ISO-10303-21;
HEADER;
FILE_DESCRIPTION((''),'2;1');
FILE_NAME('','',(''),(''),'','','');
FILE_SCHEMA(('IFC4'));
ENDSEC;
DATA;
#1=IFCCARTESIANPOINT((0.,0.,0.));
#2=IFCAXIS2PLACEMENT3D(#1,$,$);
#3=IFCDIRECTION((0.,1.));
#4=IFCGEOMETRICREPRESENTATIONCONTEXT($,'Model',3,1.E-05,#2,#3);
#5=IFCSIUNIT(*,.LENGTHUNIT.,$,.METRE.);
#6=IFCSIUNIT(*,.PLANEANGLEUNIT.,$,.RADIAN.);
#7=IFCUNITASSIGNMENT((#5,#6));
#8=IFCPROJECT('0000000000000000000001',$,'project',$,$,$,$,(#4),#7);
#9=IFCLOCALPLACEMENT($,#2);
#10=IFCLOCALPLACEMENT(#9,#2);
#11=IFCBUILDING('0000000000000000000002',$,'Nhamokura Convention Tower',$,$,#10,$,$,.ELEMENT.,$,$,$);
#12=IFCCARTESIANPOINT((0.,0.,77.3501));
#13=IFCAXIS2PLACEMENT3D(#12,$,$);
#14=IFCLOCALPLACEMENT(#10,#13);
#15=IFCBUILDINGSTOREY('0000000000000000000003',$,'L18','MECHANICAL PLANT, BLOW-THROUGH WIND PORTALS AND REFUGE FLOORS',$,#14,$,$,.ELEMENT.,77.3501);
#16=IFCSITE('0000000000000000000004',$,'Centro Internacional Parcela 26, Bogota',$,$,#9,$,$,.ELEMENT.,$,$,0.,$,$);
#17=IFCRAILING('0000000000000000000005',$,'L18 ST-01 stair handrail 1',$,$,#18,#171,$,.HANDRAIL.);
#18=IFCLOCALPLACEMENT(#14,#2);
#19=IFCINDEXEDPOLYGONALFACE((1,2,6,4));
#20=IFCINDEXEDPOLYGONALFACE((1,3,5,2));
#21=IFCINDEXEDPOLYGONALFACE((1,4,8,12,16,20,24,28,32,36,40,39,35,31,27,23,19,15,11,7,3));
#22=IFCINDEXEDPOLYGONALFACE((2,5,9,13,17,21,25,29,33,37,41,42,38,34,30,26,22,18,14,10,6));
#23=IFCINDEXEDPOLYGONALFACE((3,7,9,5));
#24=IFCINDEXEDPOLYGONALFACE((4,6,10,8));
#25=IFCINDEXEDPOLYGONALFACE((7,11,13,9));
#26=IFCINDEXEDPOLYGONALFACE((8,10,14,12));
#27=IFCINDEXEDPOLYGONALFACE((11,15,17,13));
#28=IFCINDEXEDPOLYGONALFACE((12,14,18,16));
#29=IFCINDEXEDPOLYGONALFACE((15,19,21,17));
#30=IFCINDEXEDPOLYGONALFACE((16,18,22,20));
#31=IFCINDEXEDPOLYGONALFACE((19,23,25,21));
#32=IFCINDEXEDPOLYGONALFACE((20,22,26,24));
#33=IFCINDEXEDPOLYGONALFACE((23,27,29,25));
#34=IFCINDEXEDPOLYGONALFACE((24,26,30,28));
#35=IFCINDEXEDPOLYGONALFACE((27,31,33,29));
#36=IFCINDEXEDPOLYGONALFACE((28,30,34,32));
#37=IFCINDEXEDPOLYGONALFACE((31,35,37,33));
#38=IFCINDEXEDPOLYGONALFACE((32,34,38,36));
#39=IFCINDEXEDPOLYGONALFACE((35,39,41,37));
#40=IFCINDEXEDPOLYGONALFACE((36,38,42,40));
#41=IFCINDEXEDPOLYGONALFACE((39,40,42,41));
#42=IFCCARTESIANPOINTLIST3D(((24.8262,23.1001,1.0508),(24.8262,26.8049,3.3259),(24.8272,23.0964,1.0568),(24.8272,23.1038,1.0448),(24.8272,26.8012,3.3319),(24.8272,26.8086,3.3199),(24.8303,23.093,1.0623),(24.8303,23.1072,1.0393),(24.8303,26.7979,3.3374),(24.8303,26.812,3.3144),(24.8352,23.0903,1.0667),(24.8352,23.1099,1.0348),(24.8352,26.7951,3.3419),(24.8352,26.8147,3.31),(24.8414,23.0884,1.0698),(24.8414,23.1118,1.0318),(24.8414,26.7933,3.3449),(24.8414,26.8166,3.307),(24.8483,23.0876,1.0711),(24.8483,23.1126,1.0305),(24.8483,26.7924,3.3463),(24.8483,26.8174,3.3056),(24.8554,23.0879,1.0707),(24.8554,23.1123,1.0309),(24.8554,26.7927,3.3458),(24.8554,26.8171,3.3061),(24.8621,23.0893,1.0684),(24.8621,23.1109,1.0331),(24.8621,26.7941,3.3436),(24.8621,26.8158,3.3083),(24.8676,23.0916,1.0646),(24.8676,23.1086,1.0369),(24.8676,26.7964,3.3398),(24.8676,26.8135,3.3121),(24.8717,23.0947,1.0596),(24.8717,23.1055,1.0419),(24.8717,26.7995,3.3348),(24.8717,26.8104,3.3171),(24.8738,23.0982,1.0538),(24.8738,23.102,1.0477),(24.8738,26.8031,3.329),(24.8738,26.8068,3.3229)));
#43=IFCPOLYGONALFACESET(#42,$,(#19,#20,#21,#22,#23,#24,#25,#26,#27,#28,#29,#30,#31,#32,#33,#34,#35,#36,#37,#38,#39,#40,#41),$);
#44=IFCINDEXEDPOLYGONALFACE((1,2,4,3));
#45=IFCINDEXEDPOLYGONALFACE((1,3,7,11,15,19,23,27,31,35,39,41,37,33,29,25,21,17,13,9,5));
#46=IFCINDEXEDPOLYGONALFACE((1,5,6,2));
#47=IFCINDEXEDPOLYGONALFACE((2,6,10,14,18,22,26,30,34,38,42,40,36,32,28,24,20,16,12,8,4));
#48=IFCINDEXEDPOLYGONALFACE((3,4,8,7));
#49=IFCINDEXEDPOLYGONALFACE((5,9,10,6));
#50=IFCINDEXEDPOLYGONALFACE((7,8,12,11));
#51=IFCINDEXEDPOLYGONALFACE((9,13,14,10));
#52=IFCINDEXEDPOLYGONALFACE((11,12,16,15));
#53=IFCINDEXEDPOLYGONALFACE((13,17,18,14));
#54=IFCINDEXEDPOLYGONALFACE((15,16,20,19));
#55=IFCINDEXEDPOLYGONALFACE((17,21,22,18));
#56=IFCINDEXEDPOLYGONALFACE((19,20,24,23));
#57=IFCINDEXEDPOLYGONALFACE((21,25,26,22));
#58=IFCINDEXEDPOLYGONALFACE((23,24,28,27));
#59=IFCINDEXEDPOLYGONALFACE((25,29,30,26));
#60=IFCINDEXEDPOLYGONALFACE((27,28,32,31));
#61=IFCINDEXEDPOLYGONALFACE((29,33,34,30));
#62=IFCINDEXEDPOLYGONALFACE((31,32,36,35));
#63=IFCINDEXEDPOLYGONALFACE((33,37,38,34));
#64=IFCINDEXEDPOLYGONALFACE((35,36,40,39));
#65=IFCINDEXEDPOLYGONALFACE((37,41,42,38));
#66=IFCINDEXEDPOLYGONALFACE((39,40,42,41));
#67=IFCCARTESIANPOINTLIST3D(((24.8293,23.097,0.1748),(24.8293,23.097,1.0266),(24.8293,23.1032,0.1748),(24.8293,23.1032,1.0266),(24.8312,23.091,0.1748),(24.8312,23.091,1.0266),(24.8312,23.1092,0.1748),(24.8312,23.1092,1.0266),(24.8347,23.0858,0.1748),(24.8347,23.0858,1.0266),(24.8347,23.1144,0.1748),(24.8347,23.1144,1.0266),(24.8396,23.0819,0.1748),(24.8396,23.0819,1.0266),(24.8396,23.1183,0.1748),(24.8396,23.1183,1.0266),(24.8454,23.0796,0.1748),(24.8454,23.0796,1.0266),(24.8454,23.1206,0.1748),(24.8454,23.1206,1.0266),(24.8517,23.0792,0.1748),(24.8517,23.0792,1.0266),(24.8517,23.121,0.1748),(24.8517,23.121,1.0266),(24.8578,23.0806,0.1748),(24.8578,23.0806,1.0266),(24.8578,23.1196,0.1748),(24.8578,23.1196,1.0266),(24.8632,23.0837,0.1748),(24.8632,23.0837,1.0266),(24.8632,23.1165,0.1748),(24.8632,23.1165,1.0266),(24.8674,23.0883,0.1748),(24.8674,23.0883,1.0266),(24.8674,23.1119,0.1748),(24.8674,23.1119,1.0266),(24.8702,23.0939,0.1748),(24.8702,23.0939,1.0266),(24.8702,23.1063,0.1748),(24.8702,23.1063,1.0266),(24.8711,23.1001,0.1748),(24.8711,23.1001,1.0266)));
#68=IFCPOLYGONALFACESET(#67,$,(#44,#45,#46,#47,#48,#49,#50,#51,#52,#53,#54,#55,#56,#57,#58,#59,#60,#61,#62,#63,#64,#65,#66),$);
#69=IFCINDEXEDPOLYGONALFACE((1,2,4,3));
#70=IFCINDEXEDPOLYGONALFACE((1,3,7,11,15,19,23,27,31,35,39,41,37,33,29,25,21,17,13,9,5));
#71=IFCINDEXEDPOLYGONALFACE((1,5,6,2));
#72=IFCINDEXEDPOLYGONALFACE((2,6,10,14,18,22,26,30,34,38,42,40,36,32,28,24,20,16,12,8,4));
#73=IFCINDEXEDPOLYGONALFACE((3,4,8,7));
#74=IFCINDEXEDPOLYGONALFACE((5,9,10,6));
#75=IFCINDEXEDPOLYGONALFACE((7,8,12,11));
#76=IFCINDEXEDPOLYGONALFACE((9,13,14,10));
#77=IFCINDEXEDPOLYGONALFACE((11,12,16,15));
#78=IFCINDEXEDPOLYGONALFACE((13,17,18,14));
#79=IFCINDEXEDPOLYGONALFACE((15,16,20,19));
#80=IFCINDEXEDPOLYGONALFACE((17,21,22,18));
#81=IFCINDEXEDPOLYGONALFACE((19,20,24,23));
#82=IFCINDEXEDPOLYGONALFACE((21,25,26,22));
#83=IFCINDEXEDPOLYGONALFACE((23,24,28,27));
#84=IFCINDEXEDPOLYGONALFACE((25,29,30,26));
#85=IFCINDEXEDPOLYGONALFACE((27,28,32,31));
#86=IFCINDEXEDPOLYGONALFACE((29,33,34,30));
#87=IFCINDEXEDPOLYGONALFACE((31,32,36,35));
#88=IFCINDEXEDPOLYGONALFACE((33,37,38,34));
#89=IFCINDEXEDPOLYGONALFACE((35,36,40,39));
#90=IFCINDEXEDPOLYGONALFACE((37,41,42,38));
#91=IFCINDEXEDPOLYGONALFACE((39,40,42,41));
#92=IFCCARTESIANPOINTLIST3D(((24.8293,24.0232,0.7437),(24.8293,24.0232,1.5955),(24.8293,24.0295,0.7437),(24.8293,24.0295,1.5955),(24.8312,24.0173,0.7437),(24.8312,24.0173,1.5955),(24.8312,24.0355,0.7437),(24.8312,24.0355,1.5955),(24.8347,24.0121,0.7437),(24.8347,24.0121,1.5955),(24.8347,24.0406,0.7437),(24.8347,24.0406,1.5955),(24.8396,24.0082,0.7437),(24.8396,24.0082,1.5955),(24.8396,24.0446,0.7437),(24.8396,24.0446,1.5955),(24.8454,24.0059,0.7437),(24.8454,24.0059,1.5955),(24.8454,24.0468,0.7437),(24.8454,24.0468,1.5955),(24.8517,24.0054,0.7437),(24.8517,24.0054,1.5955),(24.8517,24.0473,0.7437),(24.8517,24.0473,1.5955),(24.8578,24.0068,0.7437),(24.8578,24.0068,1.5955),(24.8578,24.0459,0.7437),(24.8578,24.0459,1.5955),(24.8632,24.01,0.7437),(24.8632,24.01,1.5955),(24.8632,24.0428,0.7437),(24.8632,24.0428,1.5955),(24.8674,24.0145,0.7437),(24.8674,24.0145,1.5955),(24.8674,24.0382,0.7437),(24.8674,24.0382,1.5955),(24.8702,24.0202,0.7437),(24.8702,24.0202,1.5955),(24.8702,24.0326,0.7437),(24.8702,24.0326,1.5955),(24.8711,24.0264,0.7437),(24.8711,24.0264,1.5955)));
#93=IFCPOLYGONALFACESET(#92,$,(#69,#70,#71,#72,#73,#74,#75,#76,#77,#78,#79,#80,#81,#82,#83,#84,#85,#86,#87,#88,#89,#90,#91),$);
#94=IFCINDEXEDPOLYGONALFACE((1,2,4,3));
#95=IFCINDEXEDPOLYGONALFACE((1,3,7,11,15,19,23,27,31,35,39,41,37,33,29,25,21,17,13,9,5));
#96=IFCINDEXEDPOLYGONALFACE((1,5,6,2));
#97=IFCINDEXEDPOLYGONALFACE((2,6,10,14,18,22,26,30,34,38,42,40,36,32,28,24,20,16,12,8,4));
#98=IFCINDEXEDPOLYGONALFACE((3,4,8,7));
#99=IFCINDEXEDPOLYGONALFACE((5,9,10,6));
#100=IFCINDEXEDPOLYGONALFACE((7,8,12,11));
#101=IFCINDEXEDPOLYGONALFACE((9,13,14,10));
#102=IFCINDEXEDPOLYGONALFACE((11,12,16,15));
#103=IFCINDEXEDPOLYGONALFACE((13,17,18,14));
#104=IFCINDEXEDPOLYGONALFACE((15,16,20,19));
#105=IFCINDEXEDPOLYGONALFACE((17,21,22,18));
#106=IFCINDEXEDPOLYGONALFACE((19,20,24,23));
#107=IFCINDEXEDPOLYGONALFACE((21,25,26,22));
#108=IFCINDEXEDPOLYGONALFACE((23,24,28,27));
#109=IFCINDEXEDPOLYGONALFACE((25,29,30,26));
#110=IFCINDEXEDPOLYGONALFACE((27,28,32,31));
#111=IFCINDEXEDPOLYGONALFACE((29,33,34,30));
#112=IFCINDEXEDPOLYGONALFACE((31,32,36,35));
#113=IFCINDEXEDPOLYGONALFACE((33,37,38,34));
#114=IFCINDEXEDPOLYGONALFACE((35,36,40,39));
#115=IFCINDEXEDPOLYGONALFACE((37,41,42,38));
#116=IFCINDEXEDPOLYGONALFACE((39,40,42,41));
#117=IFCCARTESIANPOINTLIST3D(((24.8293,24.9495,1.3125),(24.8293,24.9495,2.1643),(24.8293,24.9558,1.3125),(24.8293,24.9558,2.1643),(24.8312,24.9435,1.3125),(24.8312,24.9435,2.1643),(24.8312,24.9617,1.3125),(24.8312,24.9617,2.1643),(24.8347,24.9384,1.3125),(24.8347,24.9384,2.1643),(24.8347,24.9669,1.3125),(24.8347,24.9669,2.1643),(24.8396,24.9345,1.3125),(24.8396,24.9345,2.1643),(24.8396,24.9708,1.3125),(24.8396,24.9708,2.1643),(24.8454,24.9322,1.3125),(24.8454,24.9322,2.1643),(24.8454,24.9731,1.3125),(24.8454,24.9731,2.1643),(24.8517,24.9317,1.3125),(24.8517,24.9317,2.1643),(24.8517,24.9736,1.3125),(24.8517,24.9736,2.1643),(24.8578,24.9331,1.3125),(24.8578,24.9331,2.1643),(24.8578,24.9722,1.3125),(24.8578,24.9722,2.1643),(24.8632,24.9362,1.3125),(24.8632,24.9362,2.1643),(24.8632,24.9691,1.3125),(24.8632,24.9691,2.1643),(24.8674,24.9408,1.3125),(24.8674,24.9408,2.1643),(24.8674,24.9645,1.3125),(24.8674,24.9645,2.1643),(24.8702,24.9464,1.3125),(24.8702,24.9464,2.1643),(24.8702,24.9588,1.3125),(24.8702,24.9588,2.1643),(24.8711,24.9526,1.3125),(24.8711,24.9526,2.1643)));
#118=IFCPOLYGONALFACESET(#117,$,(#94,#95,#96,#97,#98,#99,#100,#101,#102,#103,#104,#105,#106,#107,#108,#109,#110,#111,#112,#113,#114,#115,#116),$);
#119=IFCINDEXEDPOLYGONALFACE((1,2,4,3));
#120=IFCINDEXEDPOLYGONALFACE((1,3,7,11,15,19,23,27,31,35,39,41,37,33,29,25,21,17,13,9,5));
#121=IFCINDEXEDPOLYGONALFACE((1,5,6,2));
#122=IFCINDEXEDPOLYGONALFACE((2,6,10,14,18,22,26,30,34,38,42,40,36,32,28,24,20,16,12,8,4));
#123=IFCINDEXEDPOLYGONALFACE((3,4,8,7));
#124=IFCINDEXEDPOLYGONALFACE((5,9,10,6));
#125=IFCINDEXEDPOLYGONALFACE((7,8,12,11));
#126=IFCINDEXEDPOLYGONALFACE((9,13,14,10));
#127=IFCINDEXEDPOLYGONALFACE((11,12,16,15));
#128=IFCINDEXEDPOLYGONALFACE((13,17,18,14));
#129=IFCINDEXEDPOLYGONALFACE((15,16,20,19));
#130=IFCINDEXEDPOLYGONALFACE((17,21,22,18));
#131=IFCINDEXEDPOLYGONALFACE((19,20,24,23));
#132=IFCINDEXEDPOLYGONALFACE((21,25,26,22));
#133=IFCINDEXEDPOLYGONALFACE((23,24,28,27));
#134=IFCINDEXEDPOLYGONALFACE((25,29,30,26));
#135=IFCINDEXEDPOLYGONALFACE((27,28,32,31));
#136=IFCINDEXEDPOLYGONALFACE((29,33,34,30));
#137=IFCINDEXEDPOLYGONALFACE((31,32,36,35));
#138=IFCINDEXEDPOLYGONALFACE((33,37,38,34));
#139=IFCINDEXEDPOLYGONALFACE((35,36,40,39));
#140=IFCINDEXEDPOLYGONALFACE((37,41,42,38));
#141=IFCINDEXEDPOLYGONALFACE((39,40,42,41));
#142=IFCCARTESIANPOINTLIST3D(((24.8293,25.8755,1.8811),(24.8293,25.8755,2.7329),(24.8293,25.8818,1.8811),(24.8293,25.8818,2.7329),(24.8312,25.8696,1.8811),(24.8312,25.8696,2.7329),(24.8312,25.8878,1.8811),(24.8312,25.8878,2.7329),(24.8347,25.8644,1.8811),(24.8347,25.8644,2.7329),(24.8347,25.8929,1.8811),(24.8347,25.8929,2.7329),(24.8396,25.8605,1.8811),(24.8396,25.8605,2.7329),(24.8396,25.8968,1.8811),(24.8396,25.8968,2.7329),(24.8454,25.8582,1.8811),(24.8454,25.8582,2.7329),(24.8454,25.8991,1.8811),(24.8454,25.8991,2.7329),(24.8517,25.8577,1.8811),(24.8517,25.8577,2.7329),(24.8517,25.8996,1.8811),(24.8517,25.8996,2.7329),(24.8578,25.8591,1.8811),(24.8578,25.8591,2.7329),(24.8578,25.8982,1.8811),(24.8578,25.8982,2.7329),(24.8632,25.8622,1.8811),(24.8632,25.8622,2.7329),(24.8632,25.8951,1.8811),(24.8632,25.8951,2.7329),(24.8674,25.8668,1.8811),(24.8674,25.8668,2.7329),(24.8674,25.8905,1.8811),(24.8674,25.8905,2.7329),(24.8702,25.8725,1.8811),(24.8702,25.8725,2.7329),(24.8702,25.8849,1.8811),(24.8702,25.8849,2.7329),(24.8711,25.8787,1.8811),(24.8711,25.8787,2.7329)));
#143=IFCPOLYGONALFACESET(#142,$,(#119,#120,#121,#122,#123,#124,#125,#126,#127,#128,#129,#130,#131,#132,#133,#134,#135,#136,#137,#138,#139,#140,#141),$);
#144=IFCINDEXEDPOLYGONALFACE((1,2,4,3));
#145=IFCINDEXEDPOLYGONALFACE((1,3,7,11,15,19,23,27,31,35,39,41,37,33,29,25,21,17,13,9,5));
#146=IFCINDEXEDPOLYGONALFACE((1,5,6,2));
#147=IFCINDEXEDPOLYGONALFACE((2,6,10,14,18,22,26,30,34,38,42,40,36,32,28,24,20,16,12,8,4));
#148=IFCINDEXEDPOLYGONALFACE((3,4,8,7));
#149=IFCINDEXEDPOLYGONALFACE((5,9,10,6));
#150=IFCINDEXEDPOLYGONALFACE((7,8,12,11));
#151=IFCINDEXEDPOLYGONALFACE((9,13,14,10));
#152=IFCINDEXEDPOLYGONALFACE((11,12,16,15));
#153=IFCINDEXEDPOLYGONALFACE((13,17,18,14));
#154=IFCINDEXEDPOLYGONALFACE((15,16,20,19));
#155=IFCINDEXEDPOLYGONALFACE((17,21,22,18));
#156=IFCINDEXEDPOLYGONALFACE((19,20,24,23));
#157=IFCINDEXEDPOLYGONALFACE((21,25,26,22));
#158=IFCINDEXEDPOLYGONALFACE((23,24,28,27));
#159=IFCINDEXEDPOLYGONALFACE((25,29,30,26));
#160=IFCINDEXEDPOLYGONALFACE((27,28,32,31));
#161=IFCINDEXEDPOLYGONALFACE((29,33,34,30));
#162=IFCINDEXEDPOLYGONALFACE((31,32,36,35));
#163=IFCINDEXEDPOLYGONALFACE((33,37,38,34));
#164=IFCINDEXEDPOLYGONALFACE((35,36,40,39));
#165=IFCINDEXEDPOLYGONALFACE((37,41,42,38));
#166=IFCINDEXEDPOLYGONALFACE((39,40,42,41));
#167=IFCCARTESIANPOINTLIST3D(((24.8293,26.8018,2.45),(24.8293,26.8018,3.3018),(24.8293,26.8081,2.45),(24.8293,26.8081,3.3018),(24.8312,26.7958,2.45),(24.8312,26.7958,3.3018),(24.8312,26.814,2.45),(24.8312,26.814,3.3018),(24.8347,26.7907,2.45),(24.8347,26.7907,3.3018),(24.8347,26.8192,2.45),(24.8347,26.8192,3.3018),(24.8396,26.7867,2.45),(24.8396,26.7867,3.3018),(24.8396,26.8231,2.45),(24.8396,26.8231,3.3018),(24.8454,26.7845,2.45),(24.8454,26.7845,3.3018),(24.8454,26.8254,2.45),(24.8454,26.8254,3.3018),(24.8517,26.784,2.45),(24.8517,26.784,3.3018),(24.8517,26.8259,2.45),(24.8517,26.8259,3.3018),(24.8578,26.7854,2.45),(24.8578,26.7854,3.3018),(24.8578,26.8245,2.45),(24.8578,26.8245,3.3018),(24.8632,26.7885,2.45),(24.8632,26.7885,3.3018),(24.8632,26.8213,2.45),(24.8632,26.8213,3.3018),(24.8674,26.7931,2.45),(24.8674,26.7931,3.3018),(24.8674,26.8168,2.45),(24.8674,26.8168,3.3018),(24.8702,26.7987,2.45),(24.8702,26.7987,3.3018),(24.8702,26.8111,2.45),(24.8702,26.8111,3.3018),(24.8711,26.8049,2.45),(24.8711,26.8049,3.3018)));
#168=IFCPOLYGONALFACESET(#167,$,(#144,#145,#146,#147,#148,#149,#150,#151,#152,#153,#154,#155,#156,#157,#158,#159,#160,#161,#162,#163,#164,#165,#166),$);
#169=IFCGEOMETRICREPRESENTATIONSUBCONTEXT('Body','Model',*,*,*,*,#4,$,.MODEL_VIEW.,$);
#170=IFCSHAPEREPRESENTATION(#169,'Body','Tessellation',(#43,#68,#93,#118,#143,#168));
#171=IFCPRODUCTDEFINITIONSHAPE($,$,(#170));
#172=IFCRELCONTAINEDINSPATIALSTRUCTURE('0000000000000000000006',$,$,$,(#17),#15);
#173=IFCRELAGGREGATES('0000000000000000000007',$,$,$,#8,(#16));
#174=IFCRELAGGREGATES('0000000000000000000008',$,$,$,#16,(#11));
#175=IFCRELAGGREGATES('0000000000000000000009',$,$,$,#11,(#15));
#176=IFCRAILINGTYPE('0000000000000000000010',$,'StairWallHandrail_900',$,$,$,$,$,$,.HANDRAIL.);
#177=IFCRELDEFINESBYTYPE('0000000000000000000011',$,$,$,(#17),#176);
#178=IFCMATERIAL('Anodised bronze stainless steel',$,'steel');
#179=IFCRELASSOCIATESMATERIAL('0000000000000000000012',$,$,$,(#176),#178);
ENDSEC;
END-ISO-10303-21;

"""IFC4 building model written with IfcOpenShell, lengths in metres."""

from ifc_helpers import new_model, si_unit, direction, frame, origin, origin_2d, place, context, subcontext, project, spatial, circle, extrude, material, type_object, element, save


model = new_model("IFC4")

# Units and contexts
model_context = context("Model", 3, precision=1e-05, world=origin(), true_north=direction((0.0, 1.0)))
body_context = subcontext(model_context, "Body", "Model", "MODEL_VIEW")
ifc_project = project(units=[si_unit("LENGTHUNIT", "METRE"), si_unit("PLANEANGLEUNIT", "RADIAN")], contexts=[model_context])

# Site, building, storey
site_placement = place(None, origin())
site = spatial("IfcSite", under=ifc_project, at=site_placement, Name="Centro Internacional Parcela 26, Bogota", CompositionType="ELEMENT", RefElevation=0.0)
building_placement = place(site_placement, origin())
building = spatial("IfcBuilding", under=site, at=building_placement, Name="Nhamokura Convention Tower", CompositionType="ELEMENT")
storey_placement = place(building_placement, frame((0.0, 0.0, 77.3501)))
storey = spatial("IfcBuildingStorey", under=building, at=storey_placement, Name="L18", Description="MECHANICAL PLANT, BLOW-THROUGH WIND PORTALS AND REFUGE FLOORS", CompositionType="ELEMENT", Elevation=77.3501)

# Railing
ifc_material_1 = material(Name="Anodised bronze stainless steel", Category="steel")
railing_type_1 = type_object("IfcRailingType", Name="StairWallHandrail_900", PredefinedType="HANDRAIL", material=ifc_material_1)
railing_1_placement = place(storey_placement, frame((24.8501, 23.1001, 0.1748)))
element("IfcRailing", 1, at=railing_1_placement, inside=storey, type_object=railing_type_1, Name="L18 ST-01 stair handrail 1", PredefinedType="HANDRAIL", context=body_context, shape_type="SweptSolid", body=[
    extrude(circle(Radius=0.0239, at=origin_2d()), frame((0.0, 0.0, 0.876), z_axis=(0.0, 0.852146, 0.523305), x_axis=(-1.0, 0.0, 0.0)), (0.0, 0.0, 1.0), 4.3477),
    extrude(circle(Radius=0.021, at=origin_2d()), origin(), (0.0, 0.0, 1.0), 0.8518),
    extrude(circle(Radius=0.021, at=origin_2d()), frame((0.0, 0.9263, 0.5688)), (0.0, 0.0, 1.0), 0.8518),
    extrude(circle(Radius=0.021, at=origin_2d()), frame((0.0, 1.8525, 1.1377)), (0.0, 0.0, 1.0), 0.8518),
    extrude(circle(Radius=0.021, at=origin_2d()), frame((0.0, 2.7786, 1.7063)), (0.0, 0.0, 1.0), 0.8518),
    extrude(circle(Radius=0.021, at=origin_2d()), frame((0.0, 3.7048, 2.2751)), (0.0, 0.0, 1.0), 0.8518),
])

save(model, "model.ifc")
